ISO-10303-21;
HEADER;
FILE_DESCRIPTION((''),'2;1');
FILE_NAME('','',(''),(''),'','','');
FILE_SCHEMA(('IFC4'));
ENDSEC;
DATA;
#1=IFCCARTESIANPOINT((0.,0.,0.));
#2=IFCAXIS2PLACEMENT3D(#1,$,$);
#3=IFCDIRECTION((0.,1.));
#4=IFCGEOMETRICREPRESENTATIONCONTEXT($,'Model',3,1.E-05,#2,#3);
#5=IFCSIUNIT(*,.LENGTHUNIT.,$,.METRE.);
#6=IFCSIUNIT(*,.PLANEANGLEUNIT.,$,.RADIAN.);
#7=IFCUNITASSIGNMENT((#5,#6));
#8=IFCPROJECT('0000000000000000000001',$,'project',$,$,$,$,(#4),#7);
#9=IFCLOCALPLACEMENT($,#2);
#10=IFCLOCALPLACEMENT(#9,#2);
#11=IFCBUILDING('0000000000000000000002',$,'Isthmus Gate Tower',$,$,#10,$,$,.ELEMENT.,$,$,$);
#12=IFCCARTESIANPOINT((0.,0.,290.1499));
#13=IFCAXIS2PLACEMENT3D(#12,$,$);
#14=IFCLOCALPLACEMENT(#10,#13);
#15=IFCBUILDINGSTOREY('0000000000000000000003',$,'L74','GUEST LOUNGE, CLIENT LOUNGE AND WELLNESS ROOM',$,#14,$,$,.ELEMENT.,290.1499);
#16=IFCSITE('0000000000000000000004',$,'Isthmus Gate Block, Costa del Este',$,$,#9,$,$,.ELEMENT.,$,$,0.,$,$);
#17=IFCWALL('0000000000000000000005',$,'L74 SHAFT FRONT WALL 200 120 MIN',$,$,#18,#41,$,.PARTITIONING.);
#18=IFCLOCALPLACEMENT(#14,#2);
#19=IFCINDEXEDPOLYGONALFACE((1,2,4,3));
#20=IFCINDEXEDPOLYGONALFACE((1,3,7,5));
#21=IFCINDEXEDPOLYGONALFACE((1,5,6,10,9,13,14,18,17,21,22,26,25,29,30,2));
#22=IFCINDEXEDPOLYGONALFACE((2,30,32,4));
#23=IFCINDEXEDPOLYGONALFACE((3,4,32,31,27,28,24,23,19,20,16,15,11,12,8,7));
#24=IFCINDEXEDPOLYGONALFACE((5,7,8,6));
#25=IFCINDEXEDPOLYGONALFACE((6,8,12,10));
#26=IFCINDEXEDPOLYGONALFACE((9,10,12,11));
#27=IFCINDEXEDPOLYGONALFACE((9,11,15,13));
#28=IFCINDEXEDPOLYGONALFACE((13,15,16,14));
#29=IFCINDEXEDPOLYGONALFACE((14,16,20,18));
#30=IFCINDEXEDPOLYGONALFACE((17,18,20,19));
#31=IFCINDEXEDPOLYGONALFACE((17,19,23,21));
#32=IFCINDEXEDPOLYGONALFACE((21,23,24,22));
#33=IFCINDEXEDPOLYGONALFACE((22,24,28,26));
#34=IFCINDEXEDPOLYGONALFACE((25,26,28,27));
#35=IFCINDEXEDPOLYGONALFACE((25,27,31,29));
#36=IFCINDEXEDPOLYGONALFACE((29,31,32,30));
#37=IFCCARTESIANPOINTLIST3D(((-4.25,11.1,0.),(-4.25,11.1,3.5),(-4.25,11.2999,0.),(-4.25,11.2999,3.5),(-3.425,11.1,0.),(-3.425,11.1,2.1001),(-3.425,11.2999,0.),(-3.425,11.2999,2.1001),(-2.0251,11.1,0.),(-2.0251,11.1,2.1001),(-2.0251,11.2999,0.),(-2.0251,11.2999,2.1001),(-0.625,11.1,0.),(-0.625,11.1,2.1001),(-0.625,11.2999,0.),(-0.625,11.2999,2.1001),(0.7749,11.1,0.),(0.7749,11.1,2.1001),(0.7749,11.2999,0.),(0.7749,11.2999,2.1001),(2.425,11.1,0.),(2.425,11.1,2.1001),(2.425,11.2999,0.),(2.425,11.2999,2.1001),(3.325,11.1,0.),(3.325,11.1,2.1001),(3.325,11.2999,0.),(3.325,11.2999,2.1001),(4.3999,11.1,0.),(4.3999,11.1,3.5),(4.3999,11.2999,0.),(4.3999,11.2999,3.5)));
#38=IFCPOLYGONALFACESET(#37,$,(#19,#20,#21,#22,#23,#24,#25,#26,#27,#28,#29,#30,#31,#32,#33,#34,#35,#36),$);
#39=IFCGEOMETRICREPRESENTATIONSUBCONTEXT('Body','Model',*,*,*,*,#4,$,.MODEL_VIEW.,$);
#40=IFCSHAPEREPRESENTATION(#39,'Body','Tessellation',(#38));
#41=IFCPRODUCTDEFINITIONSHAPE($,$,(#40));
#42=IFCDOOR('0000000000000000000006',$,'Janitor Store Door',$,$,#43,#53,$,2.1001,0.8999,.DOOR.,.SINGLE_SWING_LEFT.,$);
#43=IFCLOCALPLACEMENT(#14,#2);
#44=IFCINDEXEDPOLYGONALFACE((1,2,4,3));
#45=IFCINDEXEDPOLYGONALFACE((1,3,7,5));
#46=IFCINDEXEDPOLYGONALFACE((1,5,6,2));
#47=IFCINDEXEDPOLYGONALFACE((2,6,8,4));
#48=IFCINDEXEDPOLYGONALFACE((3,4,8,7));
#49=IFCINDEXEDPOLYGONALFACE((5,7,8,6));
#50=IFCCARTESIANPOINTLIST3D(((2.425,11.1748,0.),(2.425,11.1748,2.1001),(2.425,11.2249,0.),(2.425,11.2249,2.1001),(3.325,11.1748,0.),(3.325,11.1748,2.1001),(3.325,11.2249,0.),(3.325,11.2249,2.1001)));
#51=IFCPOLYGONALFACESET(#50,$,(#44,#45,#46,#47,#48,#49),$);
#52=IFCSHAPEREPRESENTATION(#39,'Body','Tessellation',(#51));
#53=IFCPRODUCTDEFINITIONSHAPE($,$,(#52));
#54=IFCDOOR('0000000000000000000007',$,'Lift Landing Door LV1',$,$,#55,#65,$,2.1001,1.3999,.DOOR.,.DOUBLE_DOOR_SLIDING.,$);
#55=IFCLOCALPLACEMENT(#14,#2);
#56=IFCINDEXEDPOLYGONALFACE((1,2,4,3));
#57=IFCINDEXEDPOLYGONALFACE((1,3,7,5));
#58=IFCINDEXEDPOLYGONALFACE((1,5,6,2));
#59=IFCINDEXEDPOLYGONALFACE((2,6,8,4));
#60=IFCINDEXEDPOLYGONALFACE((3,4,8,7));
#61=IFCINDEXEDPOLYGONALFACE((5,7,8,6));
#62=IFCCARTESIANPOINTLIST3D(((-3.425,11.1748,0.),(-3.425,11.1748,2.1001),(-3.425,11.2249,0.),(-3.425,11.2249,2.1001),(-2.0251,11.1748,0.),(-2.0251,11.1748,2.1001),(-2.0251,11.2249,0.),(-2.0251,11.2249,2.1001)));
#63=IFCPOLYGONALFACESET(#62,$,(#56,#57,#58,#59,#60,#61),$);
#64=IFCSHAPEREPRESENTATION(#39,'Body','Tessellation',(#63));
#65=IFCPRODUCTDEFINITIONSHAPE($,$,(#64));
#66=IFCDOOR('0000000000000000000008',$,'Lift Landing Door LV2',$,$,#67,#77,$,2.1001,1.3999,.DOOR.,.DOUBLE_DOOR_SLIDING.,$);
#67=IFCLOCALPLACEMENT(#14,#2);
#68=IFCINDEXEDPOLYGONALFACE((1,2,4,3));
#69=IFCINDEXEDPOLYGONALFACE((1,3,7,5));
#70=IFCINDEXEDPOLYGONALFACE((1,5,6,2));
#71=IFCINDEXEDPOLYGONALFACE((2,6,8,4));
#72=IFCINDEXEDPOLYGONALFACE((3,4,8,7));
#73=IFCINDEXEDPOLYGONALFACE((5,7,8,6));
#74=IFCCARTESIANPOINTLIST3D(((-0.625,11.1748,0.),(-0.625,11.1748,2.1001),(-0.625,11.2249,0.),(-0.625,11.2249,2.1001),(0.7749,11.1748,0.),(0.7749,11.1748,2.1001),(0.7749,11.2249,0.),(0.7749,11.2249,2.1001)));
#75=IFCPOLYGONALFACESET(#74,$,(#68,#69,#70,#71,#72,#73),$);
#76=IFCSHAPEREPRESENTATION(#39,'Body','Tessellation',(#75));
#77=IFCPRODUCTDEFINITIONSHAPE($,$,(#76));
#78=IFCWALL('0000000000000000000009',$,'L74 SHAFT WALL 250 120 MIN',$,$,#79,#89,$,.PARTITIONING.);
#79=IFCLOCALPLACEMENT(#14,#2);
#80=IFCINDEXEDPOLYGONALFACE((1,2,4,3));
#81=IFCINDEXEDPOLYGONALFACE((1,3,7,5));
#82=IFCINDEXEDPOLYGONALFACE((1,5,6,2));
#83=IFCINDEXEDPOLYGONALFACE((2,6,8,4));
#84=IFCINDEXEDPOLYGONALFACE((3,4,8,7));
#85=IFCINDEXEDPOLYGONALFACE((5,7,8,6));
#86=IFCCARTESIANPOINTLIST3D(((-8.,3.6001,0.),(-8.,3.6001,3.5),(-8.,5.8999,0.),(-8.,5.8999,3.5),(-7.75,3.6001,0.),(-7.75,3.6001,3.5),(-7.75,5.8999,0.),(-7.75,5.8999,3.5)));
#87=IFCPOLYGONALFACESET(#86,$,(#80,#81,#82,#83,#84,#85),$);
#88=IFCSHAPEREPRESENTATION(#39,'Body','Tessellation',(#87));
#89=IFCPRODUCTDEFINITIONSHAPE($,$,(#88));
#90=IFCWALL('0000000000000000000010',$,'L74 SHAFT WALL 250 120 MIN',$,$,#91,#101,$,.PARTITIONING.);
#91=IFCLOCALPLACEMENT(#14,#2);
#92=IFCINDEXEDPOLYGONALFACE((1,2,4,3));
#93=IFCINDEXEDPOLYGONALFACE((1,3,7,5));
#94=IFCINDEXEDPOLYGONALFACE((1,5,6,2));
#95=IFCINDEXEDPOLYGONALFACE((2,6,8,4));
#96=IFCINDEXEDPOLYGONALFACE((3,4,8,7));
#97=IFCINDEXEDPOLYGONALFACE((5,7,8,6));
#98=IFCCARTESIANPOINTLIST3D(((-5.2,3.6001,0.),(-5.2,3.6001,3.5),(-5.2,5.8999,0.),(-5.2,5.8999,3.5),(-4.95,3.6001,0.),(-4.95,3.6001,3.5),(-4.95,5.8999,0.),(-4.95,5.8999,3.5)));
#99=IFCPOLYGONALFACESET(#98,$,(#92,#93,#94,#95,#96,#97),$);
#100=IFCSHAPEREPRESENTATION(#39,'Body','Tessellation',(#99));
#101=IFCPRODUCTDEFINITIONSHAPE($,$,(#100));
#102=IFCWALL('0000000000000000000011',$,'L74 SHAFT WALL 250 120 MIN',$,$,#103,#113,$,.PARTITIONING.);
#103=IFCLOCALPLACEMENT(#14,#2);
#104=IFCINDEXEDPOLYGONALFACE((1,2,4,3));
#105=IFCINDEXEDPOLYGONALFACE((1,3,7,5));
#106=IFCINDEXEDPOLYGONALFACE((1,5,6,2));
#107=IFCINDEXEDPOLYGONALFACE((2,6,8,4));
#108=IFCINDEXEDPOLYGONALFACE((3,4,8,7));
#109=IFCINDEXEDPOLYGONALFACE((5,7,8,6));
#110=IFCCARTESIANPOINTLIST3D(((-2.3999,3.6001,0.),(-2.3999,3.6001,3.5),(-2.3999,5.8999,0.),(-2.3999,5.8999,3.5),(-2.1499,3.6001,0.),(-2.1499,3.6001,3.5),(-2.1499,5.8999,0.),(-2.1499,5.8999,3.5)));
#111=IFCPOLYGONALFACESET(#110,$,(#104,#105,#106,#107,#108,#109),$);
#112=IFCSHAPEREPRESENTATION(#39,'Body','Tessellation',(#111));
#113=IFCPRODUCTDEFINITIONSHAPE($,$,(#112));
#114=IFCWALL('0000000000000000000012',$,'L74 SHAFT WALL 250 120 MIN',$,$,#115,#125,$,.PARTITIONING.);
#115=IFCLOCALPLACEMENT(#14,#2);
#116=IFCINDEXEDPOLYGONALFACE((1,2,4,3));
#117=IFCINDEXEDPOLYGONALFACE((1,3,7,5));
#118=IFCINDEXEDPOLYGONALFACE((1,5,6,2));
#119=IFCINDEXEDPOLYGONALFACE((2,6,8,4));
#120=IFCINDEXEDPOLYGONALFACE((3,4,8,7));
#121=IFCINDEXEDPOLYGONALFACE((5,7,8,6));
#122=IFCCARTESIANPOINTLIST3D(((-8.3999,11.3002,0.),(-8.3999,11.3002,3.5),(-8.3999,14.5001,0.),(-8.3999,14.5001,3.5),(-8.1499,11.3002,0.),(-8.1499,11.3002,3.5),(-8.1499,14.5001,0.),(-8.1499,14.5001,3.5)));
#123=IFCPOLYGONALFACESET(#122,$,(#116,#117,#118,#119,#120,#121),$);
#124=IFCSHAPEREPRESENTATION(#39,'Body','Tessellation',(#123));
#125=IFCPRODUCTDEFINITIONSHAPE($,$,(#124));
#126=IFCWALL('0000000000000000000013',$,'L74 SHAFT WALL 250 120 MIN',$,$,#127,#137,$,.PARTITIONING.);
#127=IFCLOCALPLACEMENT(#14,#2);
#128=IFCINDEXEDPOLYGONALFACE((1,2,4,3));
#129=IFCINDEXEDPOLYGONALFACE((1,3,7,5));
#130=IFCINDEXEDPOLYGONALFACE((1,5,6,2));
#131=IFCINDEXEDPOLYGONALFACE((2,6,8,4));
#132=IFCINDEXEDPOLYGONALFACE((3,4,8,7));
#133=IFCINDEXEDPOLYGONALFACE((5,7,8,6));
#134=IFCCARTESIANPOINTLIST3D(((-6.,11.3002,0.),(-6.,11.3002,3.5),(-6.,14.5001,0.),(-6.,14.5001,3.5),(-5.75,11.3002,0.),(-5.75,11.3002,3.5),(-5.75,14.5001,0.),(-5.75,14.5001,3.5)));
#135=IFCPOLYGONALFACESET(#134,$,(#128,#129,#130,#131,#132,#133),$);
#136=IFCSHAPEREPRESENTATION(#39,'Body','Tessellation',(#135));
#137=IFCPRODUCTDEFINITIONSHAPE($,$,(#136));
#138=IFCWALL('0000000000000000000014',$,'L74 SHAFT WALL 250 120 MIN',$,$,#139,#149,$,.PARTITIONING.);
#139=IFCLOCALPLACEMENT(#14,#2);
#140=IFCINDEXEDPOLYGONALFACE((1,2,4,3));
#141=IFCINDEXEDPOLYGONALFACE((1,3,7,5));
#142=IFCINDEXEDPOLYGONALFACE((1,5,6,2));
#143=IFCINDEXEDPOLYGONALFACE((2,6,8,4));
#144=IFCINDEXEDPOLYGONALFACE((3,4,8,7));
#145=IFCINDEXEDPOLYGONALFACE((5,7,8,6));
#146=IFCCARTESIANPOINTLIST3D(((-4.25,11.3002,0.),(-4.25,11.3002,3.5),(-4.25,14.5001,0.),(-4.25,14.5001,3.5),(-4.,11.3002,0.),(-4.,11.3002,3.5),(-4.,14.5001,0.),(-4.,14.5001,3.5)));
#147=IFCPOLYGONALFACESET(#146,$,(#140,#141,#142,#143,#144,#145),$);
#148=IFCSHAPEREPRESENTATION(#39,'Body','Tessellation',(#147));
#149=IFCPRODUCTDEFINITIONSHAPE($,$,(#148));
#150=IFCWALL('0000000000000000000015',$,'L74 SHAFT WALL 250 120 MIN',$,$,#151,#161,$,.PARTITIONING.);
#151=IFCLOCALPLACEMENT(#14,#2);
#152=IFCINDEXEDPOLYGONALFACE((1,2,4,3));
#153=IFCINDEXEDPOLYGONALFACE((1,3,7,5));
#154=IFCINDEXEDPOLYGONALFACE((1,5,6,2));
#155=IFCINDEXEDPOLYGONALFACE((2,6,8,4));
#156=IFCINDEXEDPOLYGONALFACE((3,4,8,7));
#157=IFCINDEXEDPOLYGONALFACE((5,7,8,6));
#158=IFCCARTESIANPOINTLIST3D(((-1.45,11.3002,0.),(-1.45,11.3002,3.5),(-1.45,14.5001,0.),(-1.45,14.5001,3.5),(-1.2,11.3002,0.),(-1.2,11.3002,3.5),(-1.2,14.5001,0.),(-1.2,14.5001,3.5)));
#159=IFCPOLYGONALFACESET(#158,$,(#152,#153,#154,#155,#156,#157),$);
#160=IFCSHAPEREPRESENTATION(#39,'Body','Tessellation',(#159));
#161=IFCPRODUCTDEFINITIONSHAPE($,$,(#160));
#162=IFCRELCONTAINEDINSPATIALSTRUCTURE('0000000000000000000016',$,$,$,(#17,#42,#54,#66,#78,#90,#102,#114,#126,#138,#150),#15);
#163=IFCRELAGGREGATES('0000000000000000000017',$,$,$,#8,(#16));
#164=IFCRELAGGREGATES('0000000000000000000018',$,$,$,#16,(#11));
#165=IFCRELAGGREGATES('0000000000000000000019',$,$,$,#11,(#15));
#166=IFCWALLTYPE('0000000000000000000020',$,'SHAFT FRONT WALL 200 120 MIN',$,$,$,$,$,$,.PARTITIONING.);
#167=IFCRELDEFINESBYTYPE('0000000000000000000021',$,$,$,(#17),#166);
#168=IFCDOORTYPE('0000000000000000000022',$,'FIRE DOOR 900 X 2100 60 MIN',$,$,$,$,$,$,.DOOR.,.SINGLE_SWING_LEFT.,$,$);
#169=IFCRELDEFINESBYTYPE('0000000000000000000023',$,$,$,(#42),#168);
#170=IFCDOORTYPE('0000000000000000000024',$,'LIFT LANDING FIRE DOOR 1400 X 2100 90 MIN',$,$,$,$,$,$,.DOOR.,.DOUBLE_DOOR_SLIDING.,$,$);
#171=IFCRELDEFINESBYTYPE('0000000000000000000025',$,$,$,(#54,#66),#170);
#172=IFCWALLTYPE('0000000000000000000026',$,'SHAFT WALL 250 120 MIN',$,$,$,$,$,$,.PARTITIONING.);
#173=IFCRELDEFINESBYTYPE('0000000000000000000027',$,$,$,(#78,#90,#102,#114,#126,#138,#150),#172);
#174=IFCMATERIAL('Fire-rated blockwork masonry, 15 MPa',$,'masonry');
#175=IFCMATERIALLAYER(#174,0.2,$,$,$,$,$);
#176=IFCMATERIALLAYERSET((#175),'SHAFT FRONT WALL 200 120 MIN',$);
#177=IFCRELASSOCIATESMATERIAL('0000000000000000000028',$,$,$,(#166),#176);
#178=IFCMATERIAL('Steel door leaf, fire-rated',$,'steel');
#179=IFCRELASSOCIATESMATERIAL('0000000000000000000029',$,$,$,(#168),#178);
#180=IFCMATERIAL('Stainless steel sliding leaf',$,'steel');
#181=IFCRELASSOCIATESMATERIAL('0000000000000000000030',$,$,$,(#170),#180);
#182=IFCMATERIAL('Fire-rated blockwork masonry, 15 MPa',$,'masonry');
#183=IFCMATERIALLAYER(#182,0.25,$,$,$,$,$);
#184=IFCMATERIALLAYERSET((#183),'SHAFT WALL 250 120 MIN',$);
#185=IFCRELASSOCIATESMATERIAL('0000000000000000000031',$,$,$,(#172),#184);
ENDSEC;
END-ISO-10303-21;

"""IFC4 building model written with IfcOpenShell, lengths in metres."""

from ifc_helpers import new_model, si_unit, direction, frame, frame_2d, origin, place, context, subcontext, project, spatial, rectangle, extrude, material, layer, layer_set, type_object, element, fill, save


model = new_model("IFC4")

# Units and contexts
model_context = context("Model", 3, precision=1e-05, world=origin(), true_north=direction((0.0, 1.0)))
body_context = subcontext(model_context, "Body", "Model", "MODEL_VIEW")
ifc_project = project(units=[si_unit("LENGTHUNIT", "METRE"), si_unit("PLANEANGLEUNIT", "RADIAN")], contexts=[model_context])

# Site, building, storey
site_placement = place(None, origin())
site = spatial("IfcSite", under=ifc_project, at=site_placement, Name="Isthmus Gate Block, Costa del Este", CompositionType="ELEMENT", RefElevation=0.0)
building_placement = place(site_placement, origin())
building = spatial("IfcBuilding", under=site, at=building_placement, Name="Isthmus Gate Tower", CompositionType="ELEMENT")
storey_placement = place(building_placement, frame((0.0, 0.0, 290.1499)))
storey = spatial("IfcBuildingStorey", under=building, at=storey_placement, Name="L74", Description="GUEST LOUNGE, CLIENT LOUNGE AND WELLNESS ROOM", CompositionType="ELEMENT", Elevation=290.1499)

# Wall, openings, doors
ifc_material_1 = material(Name="Fire-rated blockwork masonry, 15 MPa", Category="masonry")
ifc_layer_1 = layer(ifc_material_1, 0.2)
ifc_layer_set_1 = layer_set([ifc_layer_1], Name="SHAFT FRONT WALL 200 120 MIN")
wall_type_1 = type_object("IfcWallType", Name="SHAFT FRONT WALL 200 120 MIN", PredefinedType="PARTITIONING", material=ifc_layer_set_1)
wall_1_placement = place(storey_placement, frame((-4.25, 11.2, 0.0), z_axis=(0.0, 0.0, 1.0), x_axis=(1.0, 0.0, 0.0)))
wall_1 = element("IfcWall", 1, at=wall_1_placement, inside=storey, type_object=wall_type_1, Name="L74 SHAFT FRONT WALL 200 120 MIN", PredefinedType="PARTITIONING", context=body_context, shape_type="SweptSolid", body=[
    extrude(rectangle(XDim=8.6499, YDim=0.2, at=frame_2d((4.325, 0.0))), origin(), (0.0, 0.0, 1.0), 3.5),
])
opening_1_placement = place(wall_1_placement, frame((0.825, 0.0, 0.0)))
opening_1 = element("IfcOpeningElement", 2, at=opening_1_placement, cuts=wall_1, PredefinedType="OPENING", context=body_context, shape_type="SweptSolid", body=[
    extrude(rectangle(XDim=1.3999, YDim=2.1001, at=frame_2d((0.7, 1.05))), frame((0.0, 0.1099, 0.0), z_axis=(0.0, -1.0, 0.0), x_axis=(1.0, 0.0, 0.0)), (0.0, 0.0, 1.0), 0.22),
])
opening_2_placement = place(wall_1_placement, frame((3.625, 0.0, 0.0)))
opening_2 = element("IfcOpeningElement", 3, at=opening_2_placement, cuts=wall_1, PredefinedType="OPENING", context=body_context, shape_type="SweptSolid", body=[
    extrude(rectangle(XDim=1.3999, YDim=2.1001, at=frame_2d((0.7, 1.05))), frame((0.0, 0.1099, 0.0), z_axis=(0.0, -1.0, 0.0), x_axis=(1.0, 0.0, 0.0)), (0.0, 0.0, 1.0), 0.22),
])
opening_3_placement = place(wall_1_placement, frame((6.675, 0.0, 0.0)))
opening_3 = element("IfcOpeningElement", 4, at=opening_3_placement, cuts=wall_1, PredefinedType="OPENING", context=body_context, shape_type="SweptSolid", body=[
    extrude(rectangle(XDim=0.8999, YDim=2.1001, at=frame_2d((0.45, 1.05))), frame((0.0, 0.1099, 0.0), z_axis=(0.0, -1.0, 0.0), x_axis=(1.0, 0.0, 0.0)), (0.0, 0.0, 1.0), 0.22),
])
ifc_material_2 = material(Name="Steel door leaf, fire-rated", Category="steel")
door_type_1 = type_object("IfcDoorType", Name="FIRE DOOR 900 X 2100 60 MIN", OperationType="SINGLE_SWING_LEFT", PredefinedType="DOOR", material=ifc_material_2)
door_1_placement = place(opening_3_placement, origin())
door_1 = element("IfcDoor", 5, at=door_1_placement, inside=storey, type_object=door_type_1, Name="Janitor Store Door", OperationType="SINGLE_SWING_LEFT", OverallHeight=2.1001, OverallWidth=0.8999, PredefinedType="DOOR", context=body_context, shape_type="SweptSolid", body=[
    extrude(rectangle(XDim=0.8999, YDim=2.1001, at=frame_2d((0.45, 1.05))), frame((0.0, 0.0249, 0.0), z_axis=(0.0, -1.0, 0.0), x_axis=(1.0, 0.0, 0.0)), (0.0, 0.0, 1.0), 0.05),
])
fill(opening_3, door_1)
ifc_material_3 = material(Name="Stainless steel sliding leaf", Category="steel")
door_type_2 = type_object("IfcDoorType", Name="LIFT LANDING FIRE DOOR 1400 X 2100 90 MIN", OperationType="DOUBLE_DOOR_SLIDING", PredefinedType="DOOR", material=ifc_material_3)
door_2_placement = place(opening_1_placement, origin())
door_2 = element("IfcDoor", 6, at=door_2_placement, inside=storey, type_object=door_type_2, Name="Lift Landing Door LV1", OperationType="DOUBLE_DOOR_SLIDING", OverallHeight=2.1001, OverallWidth=1.3999, PredefinedType="DOOR", context=body_context, shape_type="SweptSolid", body=[
    extrude(rectangle(XDim=1.3999, YDim=2.1001, at=frame_2d((0.7, 1.05))), frame((0.0, 0.0249, 0.0), z_axis=(0.0, -1.0, 0.0), x_axis=(1.0, 0.0, 0.0)), (0.0, 0.0, 1.0), 0.05),
])
fill(opening_1, door_2)
door_3_placement = place(opening_2_placement, origin())
door_3 = element("IfcDoor", 7, at=door_3_placement, inside=storey, type_object=door_type_2, Name="Lift Landing Door LV2", OperationType="DOUBLE_DOOR_SLIDING", OverallHeight=2.1001, OverallWidth=1.3999, PredefinedType="DOOR", context=body_context, shape_type="SweptSolid", body=[
    extrude(rectangle(XDim=1.3999, YDim=2.1001, at=frame_2d((0.7, 1.05))), frame((0.0, 0.0249, 0.0), z_axis=(0.0, -1.0, 0.0), x_axis=(1.0, 0.0, 0.0)), (0.0, 0.0, 1.0), 0.05),
])
fill(opening_2, door_3)

# Walls
ifc_material_4 = material(Name="Fire-rated blockwork masonry, 15 MPa", Category="masonry")
ifc_layer_2 = layer(ifc_material_4, 0.25)
ifc_layer_set_2 = layer_set([ifc_layer_2], Name="SHAFT WALL 250 120 MIN")
wall_type_2 = type_object("IfcWallType", Name="SHAFT WALL 250 120 MIN", PredefinedType="PARTITIONING", material=ifc_layer_set_2)
for number, where, z_axis, x_axis, name in (
    (8, (-7.875, 3.6001, 0.0), (0.0, 0.0, 1.0), (0.0, 1.0, 0.0), "L74 SHAFT WALL 250 120 MIN"),
    (9, (-5.075, 3.6001, 0.0), (0.0, 0.0, 1.0), (0.0, 1.0, 0.0), "L74 SHAFT WALL 250 120 MIN"),
    (10, (-2.2749, 3.6001, 0.0), (0.0, 0.0, 1.0), (0.0, 1.0, 0.0), "L74 SHAFT WALL 250 120 MIN"),
):
    element("IfcWall", number, at=place(storey_placement, frame(where, z_axis=z_axis, x_axis=x_axis)), inside=storey, type_object=wall_type_2, Name=name, PredefinedType="PARTITIONING", context=body_context, shape_type="SweptSolid", body=[
        extrude(rectangle(XDim=2.2998, YDim=0.25, at=frame_2d((1.1499, 0.0))), origin(), (0.0, 0.0, 1.0), 3.5),
    ])
for number, where, z_axis, x_axis, name in (
    (11, (-8.2749, 11.3, 0.0), (0.0, 0.0, 1.0), (0.0, 1.0, 0.0), "L74 SHAFT WALL 250 120 MIN"),
    (12, (-5.875, 11.3, 0.0), (0.0, 0.0, 1.0), (0.0, 1.0, 0.0), "L74 SHAFT WALL 250 120 MIN"),
    (13, (-4.125, 11.3, 0.0), (0.0, 0.0, 1.0), (0.0, 1.0, 0.0), "L74 SHAFT WALL 250 120 MIN"),
    (14, (-1.325, 11.3, 0.0), (0.0, 0.0, 1.0), (0.0, 1.0, 0.0), "L74 SHAFT WALL 250 120 MIN"),
):
    element("IfcWall", number, at=place(storey_placement, frame(where, z_axis=z_axis, x_axis=x_axis)), inside=storey, type_object=wall_type_2, Name=name, PredefinedType="PARTITIONING", context=body_context, shape_type="SweptSolid", body=[
        extrude(rectangle(XDim=3.2, YDim=0.25, at=frame_2d((1.6001, 0.0))), origin(), (0.0, 0.0, 1.0), 3.5),
    ])

save(model, "model.ifc")
